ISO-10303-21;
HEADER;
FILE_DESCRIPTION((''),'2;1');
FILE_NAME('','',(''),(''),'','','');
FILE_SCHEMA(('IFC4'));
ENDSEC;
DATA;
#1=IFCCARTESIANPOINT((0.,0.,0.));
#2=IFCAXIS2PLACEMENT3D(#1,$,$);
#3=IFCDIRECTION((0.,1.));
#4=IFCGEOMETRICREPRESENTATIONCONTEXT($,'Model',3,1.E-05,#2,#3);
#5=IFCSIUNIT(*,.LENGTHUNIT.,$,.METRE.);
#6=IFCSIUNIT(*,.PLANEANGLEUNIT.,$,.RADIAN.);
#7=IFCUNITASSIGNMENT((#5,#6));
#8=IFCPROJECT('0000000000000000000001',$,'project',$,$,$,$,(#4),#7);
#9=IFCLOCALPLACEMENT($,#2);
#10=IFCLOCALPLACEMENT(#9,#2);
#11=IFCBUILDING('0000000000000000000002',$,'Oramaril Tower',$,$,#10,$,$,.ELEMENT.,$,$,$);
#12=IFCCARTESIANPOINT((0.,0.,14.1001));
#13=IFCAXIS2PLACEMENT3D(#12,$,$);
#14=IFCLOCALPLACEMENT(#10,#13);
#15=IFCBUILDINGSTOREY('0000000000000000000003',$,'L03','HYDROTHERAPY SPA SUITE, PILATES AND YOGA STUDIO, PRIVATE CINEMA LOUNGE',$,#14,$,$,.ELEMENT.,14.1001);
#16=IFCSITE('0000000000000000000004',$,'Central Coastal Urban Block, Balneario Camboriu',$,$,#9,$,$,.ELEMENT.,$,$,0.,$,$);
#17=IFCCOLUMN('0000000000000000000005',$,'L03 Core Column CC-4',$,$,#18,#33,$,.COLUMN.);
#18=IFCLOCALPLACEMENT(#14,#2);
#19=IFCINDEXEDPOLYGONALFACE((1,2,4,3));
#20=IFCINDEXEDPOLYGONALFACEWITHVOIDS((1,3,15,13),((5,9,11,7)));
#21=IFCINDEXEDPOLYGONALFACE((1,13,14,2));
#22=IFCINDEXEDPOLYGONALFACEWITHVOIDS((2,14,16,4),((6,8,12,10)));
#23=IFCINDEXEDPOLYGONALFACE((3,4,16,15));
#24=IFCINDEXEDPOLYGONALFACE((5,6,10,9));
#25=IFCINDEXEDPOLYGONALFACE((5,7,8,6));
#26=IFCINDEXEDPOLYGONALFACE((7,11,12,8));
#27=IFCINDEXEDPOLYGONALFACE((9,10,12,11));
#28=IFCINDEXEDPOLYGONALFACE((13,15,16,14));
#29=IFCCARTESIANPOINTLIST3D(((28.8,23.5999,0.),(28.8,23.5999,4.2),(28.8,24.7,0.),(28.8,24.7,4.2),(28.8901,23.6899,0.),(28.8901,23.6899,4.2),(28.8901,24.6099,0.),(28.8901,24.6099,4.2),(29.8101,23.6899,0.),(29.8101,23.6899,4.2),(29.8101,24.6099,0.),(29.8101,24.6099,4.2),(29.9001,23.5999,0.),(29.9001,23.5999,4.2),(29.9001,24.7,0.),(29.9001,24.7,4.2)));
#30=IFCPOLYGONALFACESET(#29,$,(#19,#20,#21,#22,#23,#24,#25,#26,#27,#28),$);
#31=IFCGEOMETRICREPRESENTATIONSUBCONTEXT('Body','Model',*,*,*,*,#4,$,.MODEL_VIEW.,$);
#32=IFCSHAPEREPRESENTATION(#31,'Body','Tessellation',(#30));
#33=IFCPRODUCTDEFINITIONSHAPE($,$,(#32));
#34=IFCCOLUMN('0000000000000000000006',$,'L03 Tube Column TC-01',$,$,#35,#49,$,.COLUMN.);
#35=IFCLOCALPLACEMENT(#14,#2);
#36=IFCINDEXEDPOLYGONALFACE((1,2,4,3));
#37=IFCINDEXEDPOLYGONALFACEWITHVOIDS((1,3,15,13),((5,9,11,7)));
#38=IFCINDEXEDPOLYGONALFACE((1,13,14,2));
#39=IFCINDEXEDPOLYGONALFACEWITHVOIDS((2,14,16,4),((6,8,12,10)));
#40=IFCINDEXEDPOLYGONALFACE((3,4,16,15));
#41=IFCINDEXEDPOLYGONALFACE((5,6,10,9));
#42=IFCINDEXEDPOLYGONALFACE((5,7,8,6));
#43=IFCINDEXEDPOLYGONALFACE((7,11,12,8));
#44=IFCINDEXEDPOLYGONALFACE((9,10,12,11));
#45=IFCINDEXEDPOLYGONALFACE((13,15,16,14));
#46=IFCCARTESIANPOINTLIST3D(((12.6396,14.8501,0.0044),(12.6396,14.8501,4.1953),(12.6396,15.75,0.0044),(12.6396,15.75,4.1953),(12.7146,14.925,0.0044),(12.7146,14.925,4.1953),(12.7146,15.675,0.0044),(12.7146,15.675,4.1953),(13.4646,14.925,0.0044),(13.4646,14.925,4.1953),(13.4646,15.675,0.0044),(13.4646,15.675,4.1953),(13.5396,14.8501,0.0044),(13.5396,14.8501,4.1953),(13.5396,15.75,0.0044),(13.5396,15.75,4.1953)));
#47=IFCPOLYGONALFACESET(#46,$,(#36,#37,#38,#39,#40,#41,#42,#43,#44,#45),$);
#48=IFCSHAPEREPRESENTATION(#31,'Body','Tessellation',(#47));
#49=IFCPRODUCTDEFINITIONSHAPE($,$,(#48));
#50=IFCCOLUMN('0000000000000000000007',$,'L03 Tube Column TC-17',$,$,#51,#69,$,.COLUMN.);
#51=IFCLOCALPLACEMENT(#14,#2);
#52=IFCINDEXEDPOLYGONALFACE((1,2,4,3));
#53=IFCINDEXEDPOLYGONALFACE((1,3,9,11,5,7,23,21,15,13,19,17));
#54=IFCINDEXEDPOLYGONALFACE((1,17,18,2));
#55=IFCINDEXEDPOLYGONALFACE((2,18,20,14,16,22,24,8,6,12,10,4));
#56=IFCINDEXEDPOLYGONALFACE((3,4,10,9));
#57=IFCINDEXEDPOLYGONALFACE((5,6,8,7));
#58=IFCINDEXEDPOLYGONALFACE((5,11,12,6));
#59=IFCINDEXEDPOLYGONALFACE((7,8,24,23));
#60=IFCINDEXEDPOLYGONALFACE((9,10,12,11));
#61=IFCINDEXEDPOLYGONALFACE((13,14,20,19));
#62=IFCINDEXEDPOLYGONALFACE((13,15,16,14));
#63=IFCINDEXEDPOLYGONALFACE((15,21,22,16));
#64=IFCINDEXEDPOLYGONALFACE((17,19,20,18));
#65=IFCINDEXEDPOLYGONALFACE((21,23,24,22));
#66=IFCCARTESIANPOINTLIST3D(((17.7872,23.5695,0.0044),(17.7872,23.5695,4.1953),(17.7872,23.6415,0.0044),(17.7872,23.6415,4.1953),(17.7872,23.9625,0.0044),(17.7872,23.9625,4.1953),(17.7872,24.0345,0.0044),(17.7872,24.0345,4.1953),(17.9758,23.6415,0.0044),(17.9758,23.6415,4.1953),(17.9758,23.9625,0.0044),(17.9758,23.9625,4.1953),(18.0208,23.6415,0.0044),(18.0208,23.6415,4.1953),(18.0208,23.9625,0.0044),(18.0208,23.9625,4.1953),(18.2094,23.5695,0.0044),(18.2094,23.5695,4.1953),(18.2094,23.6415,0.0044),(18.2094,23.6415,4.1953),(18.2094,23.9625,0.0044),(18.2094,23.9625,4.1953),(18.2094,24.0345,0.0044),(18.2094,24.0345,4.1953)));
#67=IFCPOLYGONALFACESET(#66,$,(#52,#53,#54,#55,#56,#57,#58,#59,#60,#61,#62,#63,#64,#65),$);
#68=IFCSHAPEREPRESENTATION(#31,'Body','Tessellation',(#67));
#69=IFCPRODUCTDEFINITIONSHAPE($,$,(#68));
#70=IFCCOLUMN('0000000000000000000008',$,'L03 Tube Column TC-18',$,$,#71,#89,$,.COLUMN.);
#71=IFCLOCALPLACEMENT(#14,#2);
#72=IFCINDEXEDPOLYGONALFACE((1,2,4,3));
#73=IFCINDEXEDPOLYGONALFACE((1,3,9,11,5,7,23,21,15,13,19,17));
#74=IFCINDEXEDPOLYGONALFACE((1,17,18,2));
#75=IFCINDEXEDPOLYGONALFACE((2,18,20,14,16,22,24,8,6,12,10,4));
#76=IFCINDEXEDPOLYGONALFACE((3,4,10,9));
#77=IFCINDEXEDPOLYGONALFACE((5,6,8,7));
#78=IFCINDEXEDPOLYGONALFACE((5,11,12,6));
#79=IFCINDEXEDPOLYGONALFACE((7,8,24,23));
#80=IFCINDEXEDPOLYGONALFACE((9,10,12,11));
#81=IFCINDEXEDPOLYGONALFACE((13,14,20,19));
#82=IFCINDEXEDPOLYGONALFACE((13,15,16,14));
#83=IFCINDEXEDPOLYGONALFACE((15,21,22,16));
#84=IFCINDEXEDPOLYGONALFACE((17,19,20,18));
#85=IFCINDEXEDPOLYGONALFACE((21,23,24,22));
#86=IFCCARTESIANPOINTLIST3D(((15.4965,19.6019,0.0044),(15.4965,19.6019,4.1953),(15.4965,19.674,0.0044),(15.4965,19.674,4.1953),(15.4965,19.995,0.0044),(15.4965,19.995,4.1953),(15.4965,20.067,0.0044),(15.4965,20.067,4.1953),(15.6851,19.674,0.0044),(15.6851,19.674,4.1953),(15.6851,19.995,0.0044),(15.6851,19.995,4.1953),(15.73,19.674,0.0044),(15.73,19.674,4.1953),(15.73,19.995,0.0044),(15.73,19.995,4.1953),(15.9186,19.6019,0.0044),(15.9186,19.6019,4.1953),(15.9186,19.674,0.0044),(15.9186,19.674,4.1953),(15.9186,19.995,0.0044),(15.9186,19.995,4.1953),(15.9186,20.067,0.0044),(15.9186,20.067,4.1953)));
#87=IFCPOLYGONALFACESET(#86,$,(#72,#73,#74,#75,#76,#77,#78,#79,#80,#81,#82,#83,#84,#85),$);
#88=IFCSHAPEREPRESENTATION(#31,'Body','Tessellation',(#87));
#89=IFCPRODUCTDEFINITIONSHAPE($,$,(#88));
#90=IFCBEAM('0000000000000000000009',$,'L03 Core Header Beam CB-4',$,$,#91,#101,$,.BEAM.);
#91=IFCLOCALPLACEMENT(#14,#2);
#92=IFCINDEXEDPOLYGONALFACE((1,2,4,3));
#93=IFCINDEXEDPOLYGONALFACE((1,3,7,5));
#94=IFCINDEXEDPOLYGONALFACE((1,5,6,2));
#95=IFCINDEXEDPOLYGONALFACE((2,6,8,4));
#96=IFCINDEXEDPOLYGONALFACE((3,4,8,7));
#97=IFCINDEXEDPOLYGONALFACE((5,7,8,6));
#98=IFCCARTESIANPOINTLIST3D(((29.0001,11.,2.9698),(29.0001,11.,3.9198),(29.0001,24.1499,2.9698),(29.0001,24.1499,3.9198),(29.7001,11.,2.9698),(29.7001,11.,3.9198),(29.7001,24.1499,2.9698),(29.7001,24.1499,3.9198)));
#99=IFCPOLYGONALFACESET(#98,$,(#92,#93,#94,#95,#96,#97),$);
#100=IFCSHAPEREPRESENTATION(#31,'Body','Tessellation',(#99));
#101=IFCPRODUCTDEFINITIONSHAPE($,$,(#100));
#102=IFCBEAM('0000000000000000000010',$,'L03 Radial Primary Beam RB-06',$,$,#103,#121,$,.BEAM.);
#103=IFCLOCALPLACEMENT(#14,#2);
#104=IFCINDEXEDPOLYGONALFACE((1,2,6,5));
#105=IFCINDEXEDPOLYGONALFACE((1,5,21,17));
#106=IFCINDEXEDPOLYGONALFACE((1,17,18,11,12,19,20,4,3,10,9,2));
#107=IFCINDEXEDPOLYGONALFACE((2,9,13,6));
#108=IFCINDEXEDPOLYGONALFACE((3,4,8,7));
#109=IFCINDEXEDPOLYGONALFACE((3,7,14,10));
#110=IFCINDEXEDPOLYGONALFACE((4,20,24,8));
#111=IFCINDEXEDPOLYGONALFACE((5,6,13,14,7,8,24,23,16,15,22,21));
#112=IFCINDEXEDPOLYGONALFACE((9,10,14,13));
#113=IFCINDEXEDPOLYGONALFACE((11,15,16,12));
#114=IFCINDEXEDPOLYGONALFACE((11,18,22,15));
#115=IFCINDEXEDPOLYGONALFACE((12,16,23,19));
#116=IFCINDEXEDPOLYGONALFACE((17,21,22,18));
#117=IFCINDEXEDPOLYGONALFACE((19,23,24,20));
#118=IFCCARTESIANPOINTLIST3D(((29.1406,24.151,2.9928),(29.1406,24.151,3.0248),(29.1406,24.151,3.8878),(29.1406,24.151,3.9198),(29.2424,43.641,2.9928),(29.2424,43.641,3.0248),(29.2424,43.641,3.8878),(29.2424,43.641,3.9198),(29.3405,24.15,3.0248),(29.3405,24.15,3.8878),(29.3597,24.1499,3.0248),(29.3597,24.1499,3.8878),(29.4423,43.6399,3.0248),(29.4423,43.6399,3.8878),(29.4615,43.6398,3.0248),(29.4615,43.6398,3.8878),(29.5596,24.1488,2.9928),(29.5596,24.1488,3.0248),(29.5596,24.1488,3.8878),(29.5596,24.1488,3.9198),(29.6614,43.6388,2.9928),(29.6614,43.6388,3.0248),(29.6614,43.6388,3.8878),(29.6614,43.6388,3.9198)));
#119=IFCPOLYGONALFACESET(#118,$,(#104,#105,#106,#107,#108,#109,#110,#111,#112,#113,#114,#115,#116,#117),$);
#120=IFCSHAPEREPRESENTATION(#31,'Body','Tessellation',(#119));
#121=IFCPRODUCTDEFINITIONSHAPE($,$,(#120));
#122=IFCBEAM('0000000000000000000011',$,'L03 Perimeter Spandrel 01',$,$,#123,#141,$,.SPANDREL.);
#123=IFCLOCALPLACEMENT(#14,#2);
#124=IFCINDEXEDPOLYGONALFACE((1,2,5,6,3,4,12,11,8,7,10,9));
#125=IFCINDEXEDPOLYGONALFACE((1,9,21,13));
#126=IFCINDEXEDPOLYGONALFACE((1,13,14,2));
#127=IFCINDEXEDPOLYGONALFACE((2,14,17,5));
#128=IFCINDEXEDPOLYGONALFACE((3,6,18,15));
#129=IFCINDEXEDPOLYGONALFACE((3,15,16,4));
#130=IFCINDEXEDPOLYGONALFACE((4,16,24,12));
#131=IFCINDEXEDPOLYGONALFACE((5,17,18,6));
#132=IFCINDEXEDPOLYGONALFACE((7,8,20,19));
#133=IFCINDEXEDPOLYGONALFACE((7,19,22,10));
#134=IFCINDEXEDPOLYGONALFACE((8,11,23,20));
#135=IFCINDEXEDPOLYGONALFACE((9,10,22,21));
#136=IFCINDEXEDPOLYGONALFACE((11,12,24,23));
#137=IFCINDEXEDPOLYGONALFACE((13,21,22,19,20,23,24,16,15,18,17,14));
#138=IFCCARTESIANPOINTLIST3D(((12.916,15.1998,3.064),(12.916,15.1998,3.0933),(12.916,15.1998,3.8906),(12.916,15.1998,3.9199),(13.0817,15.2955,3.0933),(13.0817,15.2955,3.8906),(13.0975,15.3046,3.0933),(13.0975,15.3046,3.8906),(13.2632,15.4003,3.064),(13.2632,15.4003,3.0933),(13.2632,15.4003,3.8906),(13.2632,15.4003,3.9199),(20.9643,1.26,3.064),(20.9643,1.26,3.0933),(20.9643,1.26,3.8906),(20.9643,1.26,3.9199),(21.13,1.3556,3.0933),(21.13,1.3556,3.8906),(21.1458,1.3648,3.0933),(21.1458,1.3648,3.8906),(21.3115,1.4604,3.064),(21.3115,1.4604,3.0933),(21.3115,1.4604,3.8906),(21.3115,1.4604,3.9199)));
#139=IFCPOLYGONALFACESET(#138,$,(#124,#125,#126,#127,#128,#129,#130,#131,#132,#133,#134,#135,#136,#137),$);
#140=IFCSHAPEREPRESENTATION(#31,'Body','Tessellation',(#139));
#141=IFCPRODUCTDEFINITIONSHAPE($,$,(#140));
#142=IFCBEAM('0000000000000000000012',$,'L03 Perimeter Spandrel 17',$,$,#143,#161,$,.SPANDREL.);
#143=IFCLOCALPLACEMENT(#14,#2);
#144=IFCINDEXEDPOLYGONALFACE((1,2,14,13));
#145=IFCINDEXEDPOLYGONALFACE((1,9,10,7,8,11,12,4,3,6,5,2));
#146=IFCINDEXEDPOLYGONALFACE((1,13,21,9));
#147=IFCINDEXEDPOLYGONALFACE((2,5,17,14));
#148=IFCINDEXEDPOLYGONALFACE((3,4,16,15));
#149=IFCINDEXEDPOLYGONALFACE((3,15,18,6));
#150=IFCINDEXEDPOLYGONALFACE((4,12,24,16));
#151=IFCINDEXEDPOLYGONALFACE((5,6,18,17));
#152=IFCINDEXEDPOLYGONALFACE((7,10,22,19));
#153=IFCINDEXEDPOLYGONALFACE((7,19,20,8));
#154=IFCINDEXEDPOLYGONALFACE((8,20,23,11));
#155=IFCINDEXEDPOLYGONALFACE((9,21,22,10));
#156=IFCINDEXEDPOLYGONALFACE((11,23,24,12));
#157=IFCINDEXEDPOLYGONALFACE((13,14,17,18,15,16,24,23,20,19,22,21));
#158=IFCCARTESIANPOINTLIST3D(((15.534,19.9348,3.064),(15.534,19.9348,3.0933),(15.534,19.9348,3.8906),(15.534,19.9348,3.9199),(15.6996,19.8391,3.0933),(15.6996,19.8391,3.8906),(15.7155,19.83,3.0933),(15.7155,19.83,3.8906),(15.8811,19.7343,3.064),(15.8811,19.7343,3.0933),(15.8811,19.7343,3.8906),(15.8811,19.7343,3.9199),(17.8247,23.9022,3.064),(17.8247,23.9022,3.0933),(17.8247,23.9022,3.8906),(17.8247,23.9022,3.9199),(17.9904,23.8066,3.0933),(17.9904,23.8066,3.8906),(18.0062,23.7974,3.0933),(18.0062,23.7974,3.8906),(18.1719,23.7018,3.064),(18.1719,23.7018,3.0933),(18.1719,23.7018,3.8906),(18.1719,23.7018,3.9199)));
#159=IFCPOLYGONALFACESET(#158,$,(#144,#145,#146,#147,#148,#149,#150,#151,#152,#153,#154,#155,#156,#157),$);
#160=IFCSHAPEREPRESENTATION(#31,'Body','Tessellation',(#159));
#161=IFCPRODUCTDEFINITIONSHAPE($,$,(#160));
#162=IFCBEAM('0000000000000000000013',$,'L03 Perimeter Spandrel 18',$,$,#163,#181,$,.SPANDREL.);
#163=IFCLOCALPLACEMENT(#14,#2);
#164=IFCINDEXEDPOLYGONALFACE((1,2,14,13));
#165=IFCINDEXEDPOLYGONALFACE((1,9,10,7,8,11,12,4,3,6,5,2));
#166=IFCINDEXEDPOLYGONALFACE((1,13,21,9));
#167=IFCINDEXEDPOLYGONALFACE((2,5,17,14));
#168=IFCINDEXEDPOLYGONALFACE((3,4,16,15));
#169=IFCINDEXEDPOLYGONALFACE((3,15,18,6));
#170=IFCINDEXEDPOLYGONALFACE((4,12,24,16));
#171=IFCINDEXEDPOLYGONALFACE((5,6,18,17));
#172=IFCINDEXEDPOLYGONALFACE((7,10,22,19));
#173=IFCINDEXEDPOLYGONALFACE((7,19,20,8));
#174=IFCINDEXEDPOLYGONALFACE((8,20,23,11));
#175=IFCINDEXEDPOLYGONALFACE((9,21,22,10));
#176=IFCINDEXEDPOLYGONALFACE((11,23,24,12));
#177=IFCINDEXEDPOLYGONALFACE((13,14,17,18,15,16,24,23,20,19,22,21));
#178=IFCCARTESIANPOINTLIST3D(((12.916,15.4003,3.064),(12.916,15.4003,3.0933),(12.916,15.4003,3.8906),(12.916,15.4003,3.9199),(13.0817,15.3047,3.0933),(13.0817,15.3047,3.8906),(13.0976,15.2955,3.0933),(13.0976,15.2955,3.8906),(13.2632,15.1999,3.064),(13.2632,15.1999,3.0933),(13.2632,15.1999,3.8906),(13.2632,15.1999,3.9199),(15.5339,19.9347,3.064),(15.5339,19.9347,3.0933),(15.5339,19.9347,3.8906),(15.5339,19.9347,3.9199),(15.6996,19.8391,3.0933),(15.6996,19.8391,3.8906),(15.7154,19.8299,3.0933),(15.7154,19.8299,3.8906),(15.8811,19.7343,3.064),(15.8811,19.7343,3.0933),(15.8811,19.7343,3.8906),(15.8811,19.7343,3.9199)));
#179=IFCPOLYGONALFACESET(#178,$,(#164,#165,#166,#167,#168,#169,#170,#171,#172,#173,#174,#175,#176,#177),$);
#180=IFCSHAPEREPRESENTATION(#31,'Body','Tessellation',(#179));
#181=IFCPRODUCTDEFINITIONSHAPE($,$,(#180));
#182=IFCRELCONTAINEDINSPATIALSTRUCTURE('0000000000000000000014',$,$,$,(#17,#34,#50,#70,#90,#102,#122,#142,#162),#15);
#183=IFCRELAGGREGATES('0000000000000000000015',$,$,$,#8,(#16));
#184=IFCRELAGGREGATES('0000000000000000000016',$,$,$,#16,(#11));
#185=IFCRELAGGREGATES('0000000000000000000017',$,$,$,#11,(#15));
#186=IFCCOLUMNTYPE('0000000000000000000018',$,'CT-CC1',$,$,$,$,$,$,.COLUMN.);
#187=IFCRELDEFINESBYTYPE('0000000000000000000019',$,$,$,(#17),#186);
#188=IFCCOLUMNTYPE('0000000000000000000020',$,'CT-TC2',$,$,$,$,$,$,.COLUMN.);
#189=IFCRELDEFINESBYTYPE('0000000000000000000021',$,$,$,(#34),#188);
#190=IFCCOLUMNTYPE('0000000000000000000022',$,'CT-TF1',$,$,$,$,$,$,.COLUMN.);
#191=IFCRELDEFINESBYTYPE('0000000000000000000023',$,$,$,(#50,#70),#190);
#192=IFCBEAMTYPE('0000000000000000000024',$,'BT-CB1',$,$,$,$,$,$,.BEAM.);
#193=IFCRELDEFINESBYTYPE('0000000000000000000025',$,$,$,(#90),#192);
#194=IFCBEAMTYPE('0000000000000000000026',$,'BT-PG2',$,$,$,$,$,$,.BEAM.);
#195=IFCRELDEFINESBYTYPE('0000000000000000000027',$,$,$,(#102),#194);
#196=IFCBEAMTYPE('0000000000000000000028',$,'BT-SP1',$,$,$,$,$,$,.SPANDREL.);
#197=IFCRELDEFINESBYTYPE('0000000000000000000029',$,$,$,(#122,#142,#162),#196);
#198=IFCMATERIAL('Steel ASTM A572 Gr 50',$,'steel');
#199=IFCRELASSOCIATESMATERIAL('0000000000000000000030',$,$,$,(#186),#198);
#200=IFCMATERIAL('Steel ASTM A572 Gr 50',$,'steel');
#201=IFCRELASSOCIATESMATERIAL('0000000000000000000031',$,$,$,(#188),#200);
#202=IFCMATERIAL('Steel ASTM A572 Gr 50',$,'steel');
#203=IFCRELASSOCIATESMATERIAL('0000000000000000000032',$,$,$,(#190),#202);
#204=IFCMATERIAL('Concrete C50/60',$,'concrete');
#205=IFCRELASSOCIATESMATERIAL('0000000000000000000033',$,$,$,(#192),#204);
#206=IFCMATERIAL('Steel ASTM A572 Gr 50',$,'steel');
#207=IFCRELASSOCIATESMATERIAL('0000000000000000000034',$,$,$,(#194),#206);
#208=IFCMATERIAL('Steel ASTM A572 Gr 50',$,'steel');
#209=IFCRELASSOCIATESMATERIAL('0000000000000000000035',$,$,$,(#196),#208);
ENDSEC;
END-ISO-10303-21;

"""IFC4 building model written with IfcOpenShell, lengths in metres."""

from ifc_helpers import new_model, si_unit, direction, frame, origin, origin_2d, place, context, subcontext, project, spatial, rectangle, hollow_rectangle, i_section, extrude, material, material_profile, profile_set, type_object, element, save


model = new_model("IFC4")

# Units and contexts
model_context = context("Model", 3, precision=1e-05, world=origin(), true_north=direction((0.0, 1.0)))
body_context = subcontext(model_context, "Body", "Model", "MODEL_VIEW")
ifc_project = project(units=[si_unit("LENGTHUNIT", "METRE"), si_unit("PLANEANGLEUNIT", "RADIAN")], contexts=[model_context])

# Site, building, storey
site_placement = place(None, origin())
site = spatial("IfcSite", under=ifc_project, at=site_placement, Name="Central Coastal Urban Block, Balneario Camboriu", CompositionType="ELEMENT", RefElevation=0.0)
building_placement = place(site_placement, origin())
building = spatial("IfcBuilding", under=site, at=building_placement, Name="Oramaril Tower", CompositionType="ELEMENT")
storey_placement = place(building_placement, frame((0.0, 0.0, 14.1001)))
storey = spatial("IfcBuildingStorey", under=building, at=storey_placement, Name="L03", Description="HYDROTHERAPY SPA SUITE, PILATES AND YOGA STUDIO, PRIVATE CINEMA LOUNGE", CompositionType="ELEMENT", Elevation=14.1001)

# Columns
ifc_material_1 = material(Name="Steel ASTM A572 Gr 50", Category="steel")
ifc_material_profile_1 = material_profile(ifc_material_1, hollow_rectangle(XDim=1.1001, YDim=1.1001, WallThickness=0.0901, at=origin_2d()), Name="BOX1100X1100X90")
ifc_profile_set_1 = profile_set([ifc_material_profile_1], Name="Steel ASTM A572 Gr 50")
column_type_1 = type_object("IfcColumnType", Name="CT-CC1", PredefinedType="COLUMN", material=ifc_profile_set_1)
column_1_placement = place(storey_placement, frame((29.3501, 24.1499, 0.0), z_axis=(0.0, 0.0, 1.0), x_axis=(1.0, 0.0, 0.0)))
element("IfcColumn", 1, at=column_1_placement, inside=storey, type_object=column_type_1, Name="L03 Core Column CC-4", PredefinedType="COLUMN", context=body_context, shape_type="SweptSolid", body=[
    extrude(hollow_rectangle(XDim=1.1001, YDim=1.1001, WallThickness=0.0901, at=origin_2d()), origin(), (0.0, 0.0, 1.0), 4.2),
])
ifc_material_2 = material(Name="Steel ASTM A572 Gr 50", Category="steel")
ifc_material_profile_2 = material_profile(ifc_material_2, hollow_rectangle(XDim=0.8999, YDim=0.8999, WallThickness=0.075, at=origin_2d()), Name="BOX900X900X75")
ifc_profile_set_2 = profile_set([ifc_material_profile_2], Name="Steel ASTM A572 Gr 50")
column_type_2 = type_object("IfcColumnType", Name="CT-TC2", PredefinedType="COLUMN", material=ifc_profile_set_2)
column_2_placement = place(storey_placement, frame((13.0896, 15.3, 0.0044), z_axis=(0.0, 0.0, 1.0), x_axis=(1.0, 0.0, 0.0)))
element("IfcColumn", 2, at=column_2_placement, inside=storey, type_object=column_type_2, Name="L03 Tube Column TC-01", PredefinedType="COLUMN", context=body_context, shape_type="SweptSolid", body=[
    extrude(hollow_rectangle(XDim=0.8999, YDim=0.8999, WallThickness=0.075, at=origin_2d()), origin(), (0.0, 0.0, 1.0), 4.1909),
])
ifc_material_3 = material(Name="Steel ASTM A572 Gr 50", Category="steel")
ifc_material_profile_3 = material_profile(ifc_material_3, i_section(OverallWidth=0.4221, OverallDepth=0.4651, WebThickness=0.0449, FlangeThickness=0.072, at=origin_2d()), Name="W14X398")
ifc_profile_set_3 = profile_set([ifc_material_profile_3], Name="Steel ASTM A572 Gr 50")
column_type_3 = type_object("IfcColumnType", Name="CT-TF1", PredefinedType="COLUMN", material=ifc_profile_set_3)
for number, where, z_axis, x_axis, name in (
    (3, (17.9983, 23.802, 0.0044), (0.0, 0.0, 1.0), (1.0, 0.0, 0.0), "L03 Tube Column TC-17"),
    (4, (15.7075, 19.8345, 0.0044), (0.0, 0.0, 1.0), (1.0, 0.0, 0.0), "L03 Tube Column TC-18"),
):
    element("IfcColumn", number, at=place(storey_placement, frame(where, z_axis=z_axis, x_axis=x_axis)), inside=storey, type_object=column_type_3, Name=name, PredefinedType="COLUMN", context=body_context, shape_type="SweptSolid", body=[
        extrude(i_section(OverallWidth=0.4221, OverallDepth=0.4651, WebThickness=0.0449, FlangeThickness=0.072, at=origin_2d()), origin(), (0.0, 0.0, 1.0), 4.1909),
    ])

# Beams
ifc_material_4 = material(Name="Concrete C50/60", Category="concrete")
ifc_material_profile_4 = material_profile(ifc_material_4, rectangle(XDim=0.7, YDim=0.95, at=origin_2d()), Name="CB700X950")
ifc_profile_set_4 = profile_set([ifc_material_profile_4], Name="Concrete C50/60")
beam_type_1 = type_object("IfcBeamType", Name="BT-CB1", PredefinedType="BEAM", material=ifc_profile_set_4)
beam_1_placement = place(storey_placement, frame((29.3501, 24.1499, 3.4448), z_axis=(0.0, -1.0, 0.0), x_axis=(1.0, 0.0, 0.0)))
element("IfcBeam", 5, at=beam_1_placement, inside=storey, type_object=beam_type_1, Name="L03 Core Header Beam CB-4", PredefinedType="BEAM", context=body_context, shape_type="SweptSolid", body=[
    extrude(rectangle(XDim=0.7, YDim=0.95, at=origin_2d()), origin(), (0.0, 0.0, 1.0), 13.1499),
])
ifc_material_5 = material(Name="Steel ASTM A572 Gr 50", Category="steel")
ifc_material_profile_5 = material_profile(ifc_material_5, i_section(OverallWidth=0.4189, OverallDepth=0.927, WebThickness=0.0193, FlangeThickness=0.032, at=origin_2d()), Name="W36X231")
ifc_profile_set_5 = profile_set([ifc_material_profile_5], Name="Steel ASTM A572 Gr 50")
beam_type_2 = type_object("IfcBeamType", Name="BT-PG2", PredefinedType="BEAM", material=ifc_profile_set_5)
beam_2_placement = place(storey_placement, frame((29.3501, 24.1499, 3.4563), z_axis=(0.005223, 0.999986, 0.0), x_axis=(-0.999986, 0.005223, 0.0)))
element("IfcBeam", 6, at=beam_2_placement, inside=storey, type_object=beam_type_2, Name="L03 Radial Primary Beam RB-06", PredefinedType="BEAM", context=body_context, shape_type="SweptSolid", body=[
    extrude(i_section(OverallWidth=0.4189, OverallDepth=0.927, WebThickness=0.0193, FlangeThickness=0.032, at=origin_2d()), origin(), (0.0, 0.0, 1.0), 19.4902),
])
ifc_material_6 = material(Name="Steel ASTM A572 Gr 50", Category="steel")
ifc_material_profile_6 = material_profile(ifc_material_6, i_section(OverallWidth=0.4009, OverallDepth=0.856, WebThickness=0.0183, FlangeThickness=0.0293, at=origin_2d()), Name="W33X201")
ifc_profile_set_6 = profile_set([ifc_material_profile_6], Name="Steel ASTM A572 Gr 50")
beam_type_3 = type_object("IfcBeamType", Name="BT-SP1", PredefinedType="SPANDREL", material=ifc_profile_set_6)
beam_3_placement = place(storey_placement, frame((13.0896, 15.3, 3.4919), z_axis=(0.500005, -0.866022, 0.0), x_axis=(0.866022, 0.500005, 0.0)))
element("IfcBeam", 7, at=beam_3_placement, inside=storey, type_object=beam_type_3, Name="L03 Perimeter Spandrel 01", PredefinedType="SPANDREL", context=body_context, shape_type="SweptSolid", body=[
    extrude(i_section(OverallWidth=0.4009, OverallDepth=0.856, WebThickness=0.0183, FlangeThickness=0.0293, at=origin_2d()), origin(), (0.0, 0.0, 1.0), 16.0964),
])
beam_4_placement = place(storey_placement, frame((17.9983, 23.802, 3.4919), z_axis=(-0.500019, -0.866014, 0.0), x_axis=(0.866014, -0.500019, 0.0)))
element("IfcBeam", 8, at=beam_4_placement, inside=storey, type_object=beam_type_3, Name="L03 Perimeter Spandrel 17", PredefinedType="SPANDREL", context=body_context, shape_type="SweptSolid", body=[
    extrude(i_section(OverallWidth=0.4009, OverallDepth=0.856, WebThickness=0.0183, FlangeThickness=0.0293, at=origin_2d()), origin(), (0.0, 0.0, 1.0), 4.5813),
])
beam_5_placement = place(storey_placement, frame((15.7075, 19.8345, 3.4919), z_axis=(-0.499996, -0.866028, 0.0), x_axis=(0.866028, -0.499996, 0.0)))
element("IfcBeam", 9, at=beam_5_placement, inside=storey, type_object=beam_type_3, Name="L03 Perimeter Spandrel 18", PredefinedType="SPANDREL", context=body_context, shape_type="SweptSolid", body=[
    extrude(i_section(OverallWidth=0.4009, OverallDepth=0.856, WebThickness=0.0183, FlangeThickness=0.0293, at=origin_2d()), origin(), (0.0, 0.0, 1.0), 5.2358),
])

save(model, "model.ifc")
